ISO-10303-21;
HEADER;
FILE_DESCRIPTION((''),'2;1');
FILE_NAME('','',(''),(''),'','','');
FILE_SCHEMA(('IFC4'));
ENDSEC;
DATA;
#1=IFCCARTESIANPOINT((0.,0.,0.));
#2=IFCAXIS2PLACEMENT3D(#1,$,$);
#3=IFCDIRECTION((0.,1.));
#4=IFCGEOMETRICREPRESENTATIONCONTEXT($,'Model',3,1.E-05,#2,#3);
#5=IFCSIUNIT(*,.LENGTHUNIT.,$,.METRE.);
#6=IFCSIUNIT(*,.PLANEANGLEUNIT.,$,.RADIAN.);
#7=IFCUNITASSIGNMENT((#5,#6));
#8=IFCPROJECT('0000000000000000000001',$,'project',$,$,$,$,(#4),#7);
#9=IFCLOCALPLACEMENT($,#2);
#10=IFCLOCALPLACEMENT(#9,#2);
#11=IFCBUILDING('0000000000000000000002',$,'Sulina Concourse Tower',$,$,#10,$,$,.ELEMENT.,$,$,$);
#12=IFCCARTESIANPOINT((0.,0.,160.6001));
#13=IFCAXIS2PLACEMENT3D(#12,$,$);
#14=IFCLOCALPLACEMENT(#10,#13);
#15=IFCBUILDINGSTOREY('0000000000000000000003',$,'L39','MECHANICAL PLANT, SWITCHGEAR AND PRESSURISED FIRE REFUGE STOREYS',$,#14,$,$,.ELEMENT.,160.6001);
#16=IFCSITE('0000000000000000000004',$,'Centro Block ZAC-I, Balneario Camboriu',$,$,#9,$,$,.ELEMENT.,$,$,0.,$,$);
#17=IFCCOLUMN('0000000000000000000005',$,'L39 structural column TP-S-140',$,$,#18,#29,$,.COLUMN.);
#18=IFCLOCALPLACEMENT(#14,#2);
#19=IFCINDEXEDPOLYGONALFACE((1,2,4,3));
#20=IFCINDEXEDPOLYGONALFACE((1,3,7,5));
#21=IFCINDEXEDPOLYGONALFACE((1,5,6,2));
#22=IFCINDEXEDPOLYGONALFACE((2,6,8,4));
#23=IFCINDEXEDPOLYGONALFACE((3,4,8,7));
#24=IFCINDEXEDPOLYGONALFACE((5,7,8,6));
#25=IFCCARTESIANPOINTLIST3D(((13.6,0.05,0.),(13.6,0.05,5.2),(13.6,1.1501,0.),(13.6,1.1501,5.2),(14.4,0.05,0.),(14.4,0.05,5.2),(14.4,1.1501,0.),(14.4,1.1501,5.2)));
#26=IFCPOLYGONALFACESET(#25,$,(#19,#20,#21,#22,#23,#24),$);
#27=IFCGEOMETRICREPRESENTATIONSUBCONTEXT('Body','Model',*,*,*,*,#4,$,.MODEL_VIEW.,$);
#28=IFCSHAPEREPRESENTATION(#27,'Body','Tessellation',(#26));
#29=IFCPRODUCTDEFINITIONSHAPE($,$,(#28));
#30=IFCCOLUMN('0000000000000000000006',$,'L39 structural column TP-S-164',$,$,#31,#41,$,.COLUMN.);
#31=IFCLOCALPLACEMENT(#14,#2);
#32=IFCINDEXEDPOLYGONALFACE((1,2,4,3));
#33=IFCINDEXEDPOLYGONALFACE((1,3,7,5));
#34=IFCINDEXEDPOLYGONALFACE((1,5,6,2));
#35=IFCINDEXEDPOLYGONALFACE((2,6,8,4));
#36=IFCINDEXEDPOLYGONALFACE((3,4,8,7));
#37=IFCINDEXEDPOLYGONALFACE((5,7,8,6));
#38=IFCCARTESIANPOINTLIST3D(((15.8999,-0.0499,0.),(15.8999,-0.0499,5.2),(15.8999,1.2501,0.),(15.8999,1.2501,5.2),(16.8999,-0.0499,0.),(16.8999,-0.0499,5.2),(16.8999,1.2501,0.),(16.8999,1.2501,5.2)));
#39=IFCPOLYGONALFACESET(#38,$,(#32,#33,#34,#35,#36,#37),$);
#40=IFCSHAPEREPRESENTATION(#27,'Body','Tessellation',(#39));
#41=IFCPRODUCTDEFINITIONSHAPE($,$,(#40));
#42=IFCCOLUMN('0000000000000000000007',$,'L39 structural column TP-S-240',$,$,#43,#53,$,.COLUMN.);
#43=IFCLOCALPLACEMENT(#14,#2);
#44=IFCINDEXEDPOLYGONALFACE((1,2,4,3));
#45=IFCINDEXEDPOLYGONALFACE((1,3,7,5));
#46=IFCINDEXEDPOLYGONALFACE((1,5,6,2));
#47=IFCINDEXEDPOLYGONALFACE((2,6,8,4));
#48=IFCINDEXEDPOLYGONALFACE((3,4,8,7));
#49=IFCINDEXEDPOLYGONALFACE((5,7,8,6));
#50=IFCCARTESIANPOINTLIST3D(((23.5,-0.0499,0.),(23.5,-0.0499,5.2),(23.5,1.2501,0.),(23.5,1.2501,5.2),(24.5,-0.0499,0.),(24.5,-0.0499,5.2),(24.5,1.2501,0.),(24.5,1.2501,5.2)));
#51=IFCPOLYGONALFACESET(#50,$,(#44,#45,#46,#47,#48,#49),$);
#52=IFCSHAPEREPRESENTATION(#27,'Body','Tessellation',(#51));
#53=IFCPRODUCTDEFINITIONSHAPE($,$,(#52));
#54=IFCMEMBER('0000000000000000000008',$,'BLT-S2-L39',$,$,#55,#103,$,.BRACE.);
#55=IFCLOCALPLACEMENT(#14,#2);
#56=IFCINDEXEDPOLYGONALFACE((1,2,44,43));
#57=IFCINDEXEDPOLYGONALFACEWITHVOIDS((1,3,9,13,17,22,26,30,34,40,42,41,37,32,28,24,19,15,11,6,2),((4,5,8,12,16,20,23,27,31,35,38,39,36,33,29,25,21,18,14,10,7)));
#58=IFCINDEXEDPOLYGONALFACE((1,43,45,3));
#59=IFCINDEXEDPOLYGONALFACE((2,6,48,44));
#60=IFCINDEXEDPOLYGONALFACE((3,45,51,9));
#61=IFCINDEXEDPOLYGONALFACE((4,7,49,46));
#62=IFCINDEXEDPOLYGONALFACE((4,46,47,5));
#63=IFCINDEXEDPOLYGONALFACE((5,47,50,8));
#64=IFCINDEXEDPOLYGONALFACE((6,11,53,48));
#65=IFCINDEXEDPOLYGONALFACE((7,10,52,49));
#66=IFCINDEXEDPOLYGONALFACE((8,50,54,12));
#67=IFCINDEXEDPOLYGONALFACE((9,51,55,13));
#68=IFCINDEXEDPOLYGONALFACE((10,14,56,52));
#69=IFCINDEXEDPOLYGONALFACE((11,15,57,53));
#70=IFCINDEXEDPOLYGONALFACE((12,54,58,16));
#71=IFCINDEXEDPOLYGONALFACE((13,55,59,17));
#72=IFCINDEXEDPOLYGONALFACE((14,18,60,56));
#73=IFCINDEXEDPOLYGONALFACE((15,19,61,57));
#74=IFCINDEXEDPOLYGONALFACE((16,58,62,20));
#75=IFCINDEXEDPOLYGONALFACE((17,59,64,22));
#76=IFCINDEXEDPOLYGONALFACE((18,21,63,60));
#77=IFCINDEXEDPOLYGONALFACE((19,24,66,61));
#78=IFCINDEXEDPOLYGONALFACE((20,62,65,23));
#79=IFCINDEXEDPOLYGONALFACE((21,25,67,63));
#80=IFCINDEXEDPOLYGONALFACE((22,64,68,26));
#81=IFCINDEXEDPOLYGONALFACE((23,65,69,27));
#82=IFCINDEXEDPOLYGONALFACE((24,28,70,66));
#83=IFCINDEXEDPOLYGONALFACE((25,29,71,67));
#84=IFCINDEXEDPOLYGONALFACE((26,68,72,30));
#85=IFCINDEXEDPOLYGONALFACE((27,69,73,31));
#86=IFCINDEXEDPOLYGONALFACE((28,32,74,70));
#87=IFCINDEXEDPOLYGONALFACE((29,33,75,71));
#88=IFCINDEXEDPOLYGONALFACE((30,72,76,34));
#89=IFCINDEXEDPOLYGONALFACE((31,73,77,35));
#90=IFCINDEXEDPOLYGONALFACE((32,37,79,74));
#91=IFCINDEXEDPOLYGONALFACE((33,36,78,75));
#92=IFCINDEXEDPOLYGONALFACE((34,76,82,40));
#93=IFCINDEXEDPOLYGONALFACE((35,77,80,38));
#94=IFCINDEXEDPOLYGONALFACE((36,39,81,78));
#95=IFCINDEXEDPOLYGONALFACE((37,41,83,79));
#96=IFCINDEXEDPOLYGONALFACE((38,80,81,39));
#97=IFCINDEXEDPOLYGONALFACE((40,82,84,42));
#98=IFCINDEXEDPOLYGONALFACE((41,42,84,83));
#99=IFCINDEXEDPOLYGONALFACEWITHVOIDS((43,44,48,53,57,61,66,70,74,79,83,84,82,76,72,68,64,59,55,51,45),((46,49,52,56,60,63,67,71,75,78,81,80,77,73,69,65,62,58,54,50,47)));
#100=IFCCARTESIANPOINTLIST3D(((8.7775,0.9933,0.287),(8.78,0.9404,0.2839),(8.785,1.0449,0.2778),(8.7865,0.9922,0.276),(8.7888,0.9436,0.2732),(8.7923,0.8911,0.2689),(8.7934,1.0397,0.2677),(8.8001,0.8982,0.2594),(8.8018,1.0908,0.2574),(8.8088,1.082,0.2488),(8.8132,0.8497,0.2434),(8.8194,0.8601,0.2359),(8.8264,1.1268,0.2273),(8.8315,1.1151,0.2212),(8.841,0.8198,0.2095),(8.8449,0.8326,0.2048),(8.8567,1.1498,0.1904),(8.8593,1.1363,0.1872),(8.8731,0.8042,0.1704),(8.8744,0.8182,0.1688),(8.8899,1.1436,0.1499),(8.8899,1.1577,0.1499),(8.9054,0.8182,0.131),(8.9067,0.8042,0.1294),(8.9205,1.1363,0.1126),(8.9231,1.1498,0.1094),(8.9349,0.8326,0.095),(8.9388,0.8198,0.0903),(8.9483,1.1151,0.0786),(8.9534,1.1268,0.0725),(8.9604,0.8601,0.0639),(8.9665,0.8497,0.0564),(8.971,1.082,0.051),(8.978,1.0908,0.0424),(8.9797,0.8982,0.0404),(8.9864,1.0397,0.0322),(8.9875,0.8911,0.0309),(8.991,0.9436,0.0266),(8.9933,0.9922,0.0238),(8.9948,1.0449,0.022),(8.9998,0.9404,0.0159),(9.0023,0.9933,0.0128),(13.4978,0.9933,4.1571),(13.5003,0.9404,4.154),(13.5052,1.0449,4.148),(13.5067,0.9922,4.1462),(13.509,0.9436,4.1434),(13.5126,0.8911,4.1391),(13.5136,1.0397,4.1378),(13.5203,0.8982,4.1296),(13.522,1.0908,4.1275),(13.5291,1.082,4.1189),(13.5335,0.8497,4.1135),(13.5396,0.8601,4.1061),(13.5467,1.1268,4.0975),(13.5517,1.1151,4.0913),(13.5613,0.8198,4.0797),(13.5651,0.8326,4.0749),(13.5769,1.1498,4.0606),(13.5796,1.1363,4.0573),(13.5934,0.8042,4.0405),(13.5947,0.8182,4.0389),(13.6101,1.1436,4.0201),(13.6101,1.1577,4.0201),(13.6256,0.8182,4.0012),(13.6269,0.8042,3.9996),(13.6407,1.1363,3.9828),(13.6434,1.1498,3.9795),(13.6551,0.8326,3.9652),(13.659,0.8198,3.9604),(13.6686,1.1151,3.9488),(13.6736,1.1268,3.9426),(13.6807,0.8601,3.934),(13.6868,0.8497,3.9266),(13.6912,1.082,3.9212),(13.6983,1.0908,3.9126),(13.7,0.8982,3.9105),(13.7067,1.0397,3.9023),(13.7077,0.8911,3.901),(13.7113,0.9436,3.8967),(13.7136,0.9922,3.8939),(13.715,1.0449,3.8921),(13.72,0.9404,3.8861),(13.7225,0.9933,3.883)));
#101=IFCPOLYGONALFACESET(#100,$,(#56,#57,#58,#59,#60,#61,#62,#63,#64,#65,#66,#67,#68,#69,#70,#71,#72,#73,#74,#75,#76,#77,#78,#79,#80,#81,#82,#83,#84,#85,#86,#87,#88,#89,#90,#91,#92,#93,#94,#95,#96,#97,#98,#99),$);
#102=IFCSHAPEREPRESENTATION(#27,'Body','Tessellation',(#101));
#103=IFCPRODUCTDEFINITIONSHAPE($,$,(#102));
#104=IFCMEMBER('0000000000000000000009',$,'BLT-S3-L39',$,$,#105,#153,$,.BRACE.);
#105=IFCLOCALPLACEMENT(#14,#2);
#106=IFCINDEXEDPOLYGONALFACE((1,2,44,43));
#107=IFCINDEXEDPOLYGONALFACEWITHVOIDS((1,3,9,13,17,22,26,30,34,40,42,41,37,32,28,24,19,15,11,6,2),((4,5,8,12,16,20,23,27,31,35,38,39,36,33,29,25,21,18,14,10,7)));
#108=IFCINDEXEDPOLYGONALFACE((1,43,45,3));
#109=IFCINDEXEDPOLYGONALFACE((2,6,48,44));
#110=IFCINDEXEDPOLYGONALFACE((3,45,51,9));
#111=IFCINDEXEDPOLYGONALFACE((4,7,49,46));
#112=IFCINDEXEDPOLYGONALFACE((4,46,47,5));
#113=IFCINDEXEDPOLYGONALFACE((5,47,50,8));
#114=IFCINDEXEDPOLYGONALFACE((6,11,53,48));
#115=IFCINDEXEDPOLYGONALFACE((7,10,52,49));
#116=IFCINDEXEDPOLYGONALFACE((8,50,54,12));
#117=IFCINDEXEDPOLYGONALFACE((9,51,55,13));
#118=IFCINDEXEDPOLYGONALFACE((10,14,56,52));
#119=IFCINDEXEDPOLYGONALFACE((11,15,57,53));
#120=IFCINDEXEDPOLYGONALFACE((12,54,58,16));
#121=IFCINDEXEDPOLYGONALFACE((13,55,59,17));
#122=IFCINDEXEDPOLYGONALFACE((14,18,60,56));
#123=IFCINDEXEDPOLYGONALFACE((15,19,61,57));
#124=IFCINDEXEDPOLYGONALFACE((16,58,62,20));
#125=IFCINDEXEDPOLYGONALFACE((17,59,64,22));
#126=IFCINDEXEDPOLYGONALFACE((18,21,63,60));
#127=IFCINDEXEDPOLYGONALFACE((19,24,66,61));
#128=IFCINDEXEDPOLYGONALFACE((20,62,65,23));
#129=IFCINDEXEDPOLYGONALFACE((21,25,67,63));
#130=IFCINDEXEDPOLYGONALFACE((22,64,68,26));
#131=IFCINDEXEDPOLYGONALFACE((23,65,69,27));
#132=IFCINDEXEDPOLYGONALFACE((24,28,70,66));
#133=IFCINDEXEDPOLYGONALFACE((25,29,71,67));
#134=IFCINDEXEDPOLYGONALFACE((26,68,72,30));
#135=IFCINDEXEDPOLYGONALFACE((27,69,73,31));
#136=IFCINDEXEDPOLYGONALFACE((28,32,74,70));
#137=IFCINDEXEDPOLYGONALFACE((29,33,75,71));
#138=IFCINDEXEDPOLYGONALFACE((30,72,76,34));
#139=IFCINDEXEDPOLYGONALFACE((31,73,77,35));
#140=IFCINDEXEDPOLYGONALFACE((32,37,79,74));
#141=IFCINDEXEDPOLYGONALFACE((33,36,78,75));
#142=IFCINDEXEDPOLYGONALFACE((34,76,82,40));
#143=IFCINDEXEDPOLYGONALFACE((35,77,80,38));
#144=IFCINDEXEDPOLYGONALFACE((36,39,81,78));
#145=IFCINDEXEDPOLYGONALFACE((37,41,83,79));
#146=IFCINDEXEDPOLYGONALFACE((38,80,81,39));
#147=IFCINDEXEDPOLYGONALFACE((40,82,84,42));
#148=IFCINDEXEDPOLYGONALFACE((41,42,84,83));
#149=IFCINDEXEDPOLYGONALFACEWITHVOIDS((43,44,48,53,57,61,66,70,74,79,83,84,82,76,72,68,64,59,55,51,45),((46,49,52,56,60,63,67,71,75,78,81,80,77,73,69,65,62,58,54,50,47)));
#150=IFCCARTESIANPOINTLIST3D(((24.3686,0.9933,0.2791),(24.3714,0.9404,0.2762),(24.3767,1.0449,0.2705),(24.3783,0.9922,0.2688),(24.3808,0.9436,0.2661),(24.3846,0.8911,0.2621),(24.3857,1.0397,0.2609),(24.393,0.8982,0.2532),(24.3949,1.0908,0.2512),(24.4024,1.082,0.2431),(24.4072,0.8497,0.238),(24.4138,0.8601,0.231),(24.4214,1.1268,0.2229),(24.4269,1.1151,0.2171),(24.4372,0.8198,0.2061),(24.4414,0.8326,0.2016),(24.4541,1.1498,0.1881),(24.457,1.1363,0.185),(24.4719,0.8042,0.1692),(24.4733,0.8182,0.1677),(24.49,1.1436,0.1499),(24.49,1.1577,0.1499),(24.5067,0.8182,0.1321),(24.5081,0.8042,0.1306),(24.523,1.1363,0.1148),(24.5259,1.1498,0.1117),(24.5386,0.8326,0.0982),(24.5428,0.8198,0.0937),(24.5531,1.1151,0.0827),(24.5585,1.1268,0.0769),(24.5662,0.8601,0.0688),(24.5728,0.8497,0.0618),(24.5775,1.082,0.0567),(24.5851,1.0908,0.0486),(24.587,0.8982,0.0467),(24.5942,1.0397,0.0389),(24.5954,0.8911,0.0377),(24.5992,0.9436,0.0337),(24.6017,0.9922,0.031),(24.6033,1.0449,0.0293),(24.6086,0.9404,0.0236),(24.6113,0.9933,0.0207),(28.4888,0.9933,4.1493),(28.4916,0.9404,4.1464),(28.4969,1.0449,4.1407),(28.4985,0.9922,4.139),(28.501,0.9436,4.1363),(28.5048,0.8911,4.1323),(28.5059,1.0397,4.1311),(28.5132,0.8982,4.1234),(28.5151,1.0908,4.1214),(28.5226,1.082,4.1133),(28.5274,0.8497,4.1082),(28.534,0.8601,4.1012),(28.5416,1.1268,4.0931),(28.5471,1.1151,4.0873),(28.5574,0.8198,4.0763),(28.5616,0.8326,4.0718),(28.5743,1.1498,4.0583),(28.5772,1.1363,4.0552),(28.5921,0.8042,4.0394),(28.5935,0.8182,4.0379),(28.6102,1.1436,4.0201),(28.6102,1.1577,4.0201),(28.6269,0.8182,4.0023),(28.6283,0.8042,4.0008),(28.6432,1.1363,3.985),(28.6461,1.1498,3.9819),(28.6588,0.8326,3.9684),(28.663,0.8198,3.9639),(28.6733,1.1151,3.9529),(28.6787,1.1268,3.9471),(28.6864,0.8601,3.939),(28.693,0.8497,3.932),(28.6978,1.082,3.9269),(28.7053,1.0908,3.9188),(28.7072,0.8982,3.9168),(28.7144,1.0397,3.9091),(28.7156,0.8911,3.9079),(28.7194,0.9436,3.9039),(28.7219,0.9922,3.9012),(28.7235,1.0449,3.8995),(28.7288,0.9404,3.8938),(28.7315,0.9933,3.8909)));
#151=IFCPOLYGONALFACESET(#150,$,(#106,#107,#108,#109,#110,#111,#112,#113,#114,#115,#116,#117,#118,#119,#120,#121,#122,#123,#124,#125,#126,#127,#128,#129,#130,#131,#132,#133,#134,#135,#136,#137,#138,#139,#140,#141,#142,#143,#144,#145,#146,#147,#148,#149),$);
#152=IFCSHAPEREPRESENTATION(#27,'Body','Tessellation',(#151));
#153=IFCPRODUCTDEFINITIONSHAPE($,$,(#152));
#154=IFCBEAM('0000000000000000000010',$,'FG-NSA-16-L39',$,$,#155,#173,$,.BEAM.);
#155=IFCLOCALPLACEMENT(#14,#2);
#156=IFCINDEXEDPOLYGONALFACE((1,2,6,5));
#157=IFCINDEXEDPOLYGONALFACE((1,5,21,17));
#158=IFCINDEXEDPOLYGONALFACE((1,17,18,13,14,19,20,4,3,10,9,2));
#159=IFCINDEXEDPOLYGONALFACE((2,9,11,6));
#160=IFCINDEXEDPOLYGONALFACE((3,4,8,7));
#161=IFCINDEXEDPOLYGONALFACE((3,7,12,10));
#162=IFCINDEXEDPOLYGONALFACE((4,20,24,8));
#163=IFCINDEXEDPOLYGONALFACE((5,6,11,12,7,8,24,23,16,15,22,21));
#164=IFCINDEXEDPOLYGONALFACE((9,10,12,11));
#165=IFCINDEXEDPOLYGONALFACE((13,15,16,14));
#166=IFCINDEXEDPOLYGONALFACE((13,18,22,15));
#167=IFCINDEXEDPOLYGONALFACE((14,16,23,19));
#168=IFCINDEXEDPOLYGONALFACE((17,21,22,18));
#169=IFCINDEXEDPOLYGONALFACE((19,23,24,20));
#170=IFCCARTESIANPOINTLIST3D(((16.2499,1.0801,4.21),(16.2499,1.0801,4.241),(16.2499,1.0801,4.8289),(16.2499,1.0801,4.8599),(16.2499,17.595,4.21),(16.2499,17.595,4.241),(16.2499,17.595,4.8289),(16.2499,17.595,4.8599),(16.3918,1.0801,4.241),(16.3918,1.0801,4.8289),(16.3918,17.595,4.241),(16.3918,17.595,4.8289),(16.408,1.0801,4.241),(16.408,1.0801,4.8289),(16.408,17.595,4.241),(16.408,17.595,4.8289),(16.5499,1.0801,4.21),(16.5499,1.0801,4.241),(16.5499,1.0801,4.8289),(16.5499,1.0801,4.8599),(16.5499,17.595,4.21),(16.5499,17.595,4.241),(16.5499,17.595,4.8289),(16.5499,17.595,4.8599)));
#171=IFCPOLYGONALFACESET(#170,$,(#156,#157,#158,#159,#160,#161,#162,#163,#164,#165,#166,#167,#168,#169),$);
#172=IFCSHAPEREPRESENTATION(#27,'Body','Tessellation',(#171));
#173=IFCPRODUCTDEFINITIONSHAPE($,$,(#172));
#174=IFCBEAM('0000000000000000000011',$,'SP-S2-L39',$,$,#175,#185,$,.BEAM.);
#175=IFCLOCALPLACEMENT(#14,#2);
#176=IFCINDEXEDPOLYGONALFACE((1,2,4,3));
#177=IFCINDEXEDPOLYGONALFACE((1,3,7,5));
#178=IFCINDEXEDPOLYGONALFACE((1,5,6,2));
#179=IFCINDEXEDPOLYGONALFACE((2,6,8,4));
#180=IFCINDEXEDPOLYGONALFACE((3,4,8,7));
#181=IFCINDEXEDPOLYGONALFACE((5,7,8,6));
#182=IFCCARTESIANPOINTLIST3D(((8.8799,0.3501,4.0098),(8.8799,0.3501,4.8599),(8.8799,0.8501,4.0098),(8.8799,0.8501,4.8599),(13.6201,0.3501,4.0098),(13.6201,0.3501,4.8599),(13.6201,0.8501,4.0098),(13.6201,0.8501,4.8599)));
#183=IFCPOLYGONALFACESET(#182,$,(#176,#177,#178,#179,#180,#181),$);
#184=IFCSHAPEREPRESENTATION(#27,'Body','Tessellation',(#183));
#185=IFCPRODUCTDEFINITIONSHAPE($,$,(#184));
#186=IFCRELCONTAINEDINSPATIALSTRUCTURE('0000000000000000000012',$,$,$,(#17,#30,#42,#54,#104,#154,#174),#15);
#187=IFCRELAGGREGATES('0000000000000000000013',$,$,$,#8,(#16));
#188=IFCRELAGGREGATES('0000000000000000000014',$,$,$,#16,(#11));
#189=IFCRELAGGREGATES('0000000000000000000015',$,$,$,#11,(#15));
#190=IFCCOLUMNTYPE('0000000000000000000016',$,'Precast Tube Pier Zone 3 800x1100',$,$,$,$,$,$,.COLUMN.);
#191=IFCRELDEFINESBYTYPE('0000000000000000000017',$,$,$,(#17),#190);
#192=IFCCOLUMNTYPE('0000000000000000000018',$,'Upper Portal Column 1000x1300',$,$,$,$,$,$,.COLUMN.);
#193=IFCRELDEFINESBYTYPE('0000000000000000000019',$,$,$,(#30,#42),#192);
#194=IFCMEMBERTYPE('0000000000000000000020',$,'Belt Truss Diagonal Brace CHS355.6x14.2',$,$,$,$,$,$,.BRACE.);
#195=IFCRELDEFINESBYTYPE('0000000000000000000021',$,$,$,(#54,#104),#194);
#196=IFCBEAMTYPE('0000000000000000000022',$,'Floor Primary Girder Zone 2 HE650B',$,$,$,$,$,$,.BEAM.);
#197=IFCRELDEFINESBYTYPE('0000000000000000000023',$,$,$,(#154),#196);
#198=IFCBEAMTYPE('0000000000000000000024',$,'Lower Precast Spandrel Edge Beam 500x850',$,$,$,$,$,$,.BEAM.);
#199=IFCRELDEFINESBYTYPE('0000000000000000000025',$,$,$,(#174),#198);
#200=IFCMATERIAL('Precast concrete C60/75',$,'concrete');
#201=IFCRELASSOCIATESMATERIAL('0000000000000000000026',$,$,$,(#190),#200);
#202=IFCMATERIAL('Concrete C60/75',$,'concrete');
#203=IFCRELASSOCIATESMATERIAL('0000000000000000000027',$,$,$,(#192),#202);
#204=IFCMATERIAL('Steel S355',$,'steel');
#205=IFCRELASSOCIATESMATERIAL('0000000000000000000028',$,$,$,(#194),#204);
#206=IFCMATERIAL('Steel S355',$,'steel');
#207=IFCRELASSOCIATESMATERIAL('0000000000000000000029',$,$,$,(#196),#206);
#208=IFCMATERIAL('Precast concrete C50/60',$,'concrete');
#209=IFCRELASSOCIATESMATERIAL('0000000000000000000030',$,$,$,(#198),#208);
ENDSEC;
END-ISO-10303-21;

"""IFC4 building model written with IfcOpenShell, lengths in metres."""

from ifc_helpers import new_model, si_unit, direction, frame, origin, origin_2d, place, context, subcontext, project, spatial, rectangle, hollow_circle, i_section, extrude, material, material_profile, profile_set, type_object, element, save


model = new_model("IFC4")

# Units and contexts
model_context = context("Model", 3, precision=1e-05, world=origin(), true_north=direction((0.0, 1.0)))
body_context = subcontext(model_context, "Body", "Model", "MODEL_VIEW")
ifc_project = project(units=[si_unit("LENGTHUNIT", "METRE"), si_unit("PLANEANGLEUNIT", "RADIAN")], contexts=[model_context])

# Site, building, storey
site_placement = place(None, origin())
site = spatial("IfcSite", under=ifc_project, at=site_placement, Name="Centro Block ZAC-I, Balneario Camboriu", CompositionType="ELEMENT", RefElevation=0.0)
building_placement = place(site_placement, origin())
building = spatial("IfcBuilding", under=site, at=building_placement, Name="Sulina Concourse Tower", CompositionType="ELEMENT")
storey_placement = place(building_placement, frame((0.0, 0.0, 160.6001)))
storey = spatial("IfcBuildingStorey", under=building, at=storey_placement, Name="L39", Description="MECHANICAL PLANT, SWITCHGEAR AND PRESSURISED FIRE REFUGE STOREYS", CompositionType="ELEMENT", Elevation=160.6001)

# Columns
ifc_material_1 = material(Name="Precast concrete C60/75", Category="concrete")
ifc_material_profile_1 = material_profile(ifc_material_1, rectangle(XDim=0.8, YDim=1.1001, at=origin_2d()), Name="PC 800x1100")
ifc_profile_set_1 = profile_set([ifc_material_profile_1], Name="Precast concrete C60/75")
column_type_1 = type_object("IfcColumnType", Name="Precast Tube Pier Zone 3 800x1100", PredefinedType="COLUMN", material=ifc_profile_set_1)
column_placement = place(storey_placement, frame((14.0, 0.6001, 0.0), z_axis=(0.0, 0.0, 1.0), x_axis=(1.0, 0.0, 0.0)))
element("IfcColumn", 1, at=column_placement, inside=storey, type_object=column_type_1, Name="L39 structural column TP-S-140", PredefinedType="COLUMN", context=body_context, shape_type="SweptSolid", body=[
    extrude(rectangle(XDim=0.8, YDim=1.1001, at=origin_2d()), origin(), (0.0, 0.0, 1.0), 5.2),
])
ifc_material_2 = material(Name="Concrete C60/75", Category="concrete")
ifc_material_profile_2 = material_profile(ifc_material_2, rectangle(XDim=1.0, YDim=1.3, at=origin_2d()), Name="RC 1000x1300")
ifc_profile_set_2 = profile_set([ifc_material_profile_2], Name="Concrete C60/75")
column_type_2 = type_object("IfcColumnType", Name="Upper Portal Column 1000x1300", PredefinedType="COLUMN", material=ifc_profile_set_2)
for number, where, z_axis, x_axis, name in (
    (2, (16.3999, 0.6001, 0.0), (0.0, 0.0, 1.0), (1.0, 0.0, 0.0), "L39 structural column TP-S-164"),
    (3, (24.0, 0.6001, 0.0), (0.0, 0.0, 1.0), (1.0, 0.0, 0.0), "L39 structural column TP-S-240"),
):
    element("IfcColumn", number, at=place(storey_placement, frame(where, z_axis=z_axis, x_axis=x_axis)), inside=storey, type_object=column_type_2, Name=name, PredefinedType="COLUMN", context=body_context, shape_type="SweptSolid", body=[
        extrude(rectangle(XDim=1.0, YDim=1.3, at=origin_2d()), origin(), (0.0, 0.0, 1.0), 5.2),
    ])

# Members
ifc_material_3 = material(Name="Steel S355", Category="steel")
ifc_material_profile_3 = material_profile(ifc_material_3, hollow_circle(Radius=0.1777, WallThickness=0.0142, at=origin_2d()), Name="CHS 355.6x14.2")
ifc_profile_set_3 = profile_set([ifc_material_profile_3], Name="Steel S355")
member_type_1 = type_object("IfcMemberType", Name="Belt Truss Diagonal Brace CHS355.6x14.2", PredefinedType="BRACE", material=ifc_profile_set_3)
member_1_placement = place(storey_placement, frame((8.8899, 0.98, 0.1499), z_axis=(0.773305, 0.0, 0.634035), x_axis=(0.0, 1.0, 0.0)))
element("IfcMember", 4, at=member_1_placement, inside=storey, type_object=member_type_1, Name="BLT-S2-L39", PredefinedType="BRACE", context=body_context, shape_type="SweptSolid", body=[
    extrude(hollow_circle(Radius=0.1777, WallThickness=0.0142, at=origin_2d()), origin(), (0.0, 0.0, 1.0), 6.104),
])
member_2_placement = place(storey_placement, frame((24.49, 0.98, 0.1499), z_axis=(0.728874, 0.0, 0.684648), x_axis=(0.0, 1.0, 0.0)))
element("IfcMember", 5, at=member_2_placement, inside=storey, type_object=member_type_1, Name="BLT-S3-L39", PredefinedType="BRACE", context=body_context, shape_type="SweptSolid", body=[
    extrude(hollow_circle(Radius=0.1777, WallThickness=0.0142, at=origin_2d()), origin(), (0.0, 0.0, 1.0), 5.6528),
])

# Beams
ifc_material_4 = material(Name="Steel S355", Category="steel")
ifc_material_profile_4 = material_profile(ifc_material_4, i_section(OverallWidth=0.3, OverallDepth=0.6499, WebThickness=0.0161, FlangeThickness=0.031, at=origin_2d()), Name="HE 650 B")
ifc_profile_set_4 = profile_set([ifc_material_profile_4], Name="Steel S355")
beam_type_1 = type_object("IfcBeamType", Name="Floor Primary Girder Zone 2 HE650B", PredefinedType="BEAM", material=ifc_profile_set_4)
beam_1_placement = place(storey_placement, frame((16.3999, 1.0801, 4.5349), z_axis=(0.0, 1.0, 0.0), x_axis=(-1.0, 0.0, 0.0)))
element("IfcBeam", 6, at=beam_1_placement, inside=storey, type_object=beam_type_1, Name="FG-NSA-16-L39", PredefinedType="BEAM", context=body_context, shape_type="SweptSolid", body=[
    extrude(i_section(OverallWidth=0.3, OverallDepth=0.6499, WebThickness=0.0161, FlangeThickness=0.031, at=origin_2d()), origin(), (0.0, 0.0, 1.0), 16.5149),
])
ifc_material_5 = material(Name="Precast concrete C50/60", Category="concrete")
ifc_material_profile_5 = material_profile(ifc_material_5, rectangle(XDim=0.5, YDim=0.8501, at=origin_2d()), Name="RC 500x850")
ifc_profile_set_5 = profile_set([ifc_material_profile_5], Name="Precast concrete C50/60")
beam_type_2 = type_object("IfcBeamType", Name="Lower Precast Spandrel Edge Beam 500x850", PredefinedType="BEAM", material=ifc_profile_set_5)
beam_2_placement = place(storey_placement, frame((8.8799, 0.6001, 4.4348), z_axis=(1.0, 0.0, 0.0), x_axis=(0.0, 1.0, 0.0)))
element("IfcBeam", 7, at=beam_2_placement, inside=storey, type_object=beam_type_2, Name="SP-S2-L39", PredefinedType="BEAM", context=body_context, shape_type="SweptSolid", body=[
    extrude(rectangle(XDim=0.5, YDim=0.8501, at=origin_2d()), origin(), (0.0, 0.0, 1.0), 4.7402),
])

save(model, "model.ifc")
